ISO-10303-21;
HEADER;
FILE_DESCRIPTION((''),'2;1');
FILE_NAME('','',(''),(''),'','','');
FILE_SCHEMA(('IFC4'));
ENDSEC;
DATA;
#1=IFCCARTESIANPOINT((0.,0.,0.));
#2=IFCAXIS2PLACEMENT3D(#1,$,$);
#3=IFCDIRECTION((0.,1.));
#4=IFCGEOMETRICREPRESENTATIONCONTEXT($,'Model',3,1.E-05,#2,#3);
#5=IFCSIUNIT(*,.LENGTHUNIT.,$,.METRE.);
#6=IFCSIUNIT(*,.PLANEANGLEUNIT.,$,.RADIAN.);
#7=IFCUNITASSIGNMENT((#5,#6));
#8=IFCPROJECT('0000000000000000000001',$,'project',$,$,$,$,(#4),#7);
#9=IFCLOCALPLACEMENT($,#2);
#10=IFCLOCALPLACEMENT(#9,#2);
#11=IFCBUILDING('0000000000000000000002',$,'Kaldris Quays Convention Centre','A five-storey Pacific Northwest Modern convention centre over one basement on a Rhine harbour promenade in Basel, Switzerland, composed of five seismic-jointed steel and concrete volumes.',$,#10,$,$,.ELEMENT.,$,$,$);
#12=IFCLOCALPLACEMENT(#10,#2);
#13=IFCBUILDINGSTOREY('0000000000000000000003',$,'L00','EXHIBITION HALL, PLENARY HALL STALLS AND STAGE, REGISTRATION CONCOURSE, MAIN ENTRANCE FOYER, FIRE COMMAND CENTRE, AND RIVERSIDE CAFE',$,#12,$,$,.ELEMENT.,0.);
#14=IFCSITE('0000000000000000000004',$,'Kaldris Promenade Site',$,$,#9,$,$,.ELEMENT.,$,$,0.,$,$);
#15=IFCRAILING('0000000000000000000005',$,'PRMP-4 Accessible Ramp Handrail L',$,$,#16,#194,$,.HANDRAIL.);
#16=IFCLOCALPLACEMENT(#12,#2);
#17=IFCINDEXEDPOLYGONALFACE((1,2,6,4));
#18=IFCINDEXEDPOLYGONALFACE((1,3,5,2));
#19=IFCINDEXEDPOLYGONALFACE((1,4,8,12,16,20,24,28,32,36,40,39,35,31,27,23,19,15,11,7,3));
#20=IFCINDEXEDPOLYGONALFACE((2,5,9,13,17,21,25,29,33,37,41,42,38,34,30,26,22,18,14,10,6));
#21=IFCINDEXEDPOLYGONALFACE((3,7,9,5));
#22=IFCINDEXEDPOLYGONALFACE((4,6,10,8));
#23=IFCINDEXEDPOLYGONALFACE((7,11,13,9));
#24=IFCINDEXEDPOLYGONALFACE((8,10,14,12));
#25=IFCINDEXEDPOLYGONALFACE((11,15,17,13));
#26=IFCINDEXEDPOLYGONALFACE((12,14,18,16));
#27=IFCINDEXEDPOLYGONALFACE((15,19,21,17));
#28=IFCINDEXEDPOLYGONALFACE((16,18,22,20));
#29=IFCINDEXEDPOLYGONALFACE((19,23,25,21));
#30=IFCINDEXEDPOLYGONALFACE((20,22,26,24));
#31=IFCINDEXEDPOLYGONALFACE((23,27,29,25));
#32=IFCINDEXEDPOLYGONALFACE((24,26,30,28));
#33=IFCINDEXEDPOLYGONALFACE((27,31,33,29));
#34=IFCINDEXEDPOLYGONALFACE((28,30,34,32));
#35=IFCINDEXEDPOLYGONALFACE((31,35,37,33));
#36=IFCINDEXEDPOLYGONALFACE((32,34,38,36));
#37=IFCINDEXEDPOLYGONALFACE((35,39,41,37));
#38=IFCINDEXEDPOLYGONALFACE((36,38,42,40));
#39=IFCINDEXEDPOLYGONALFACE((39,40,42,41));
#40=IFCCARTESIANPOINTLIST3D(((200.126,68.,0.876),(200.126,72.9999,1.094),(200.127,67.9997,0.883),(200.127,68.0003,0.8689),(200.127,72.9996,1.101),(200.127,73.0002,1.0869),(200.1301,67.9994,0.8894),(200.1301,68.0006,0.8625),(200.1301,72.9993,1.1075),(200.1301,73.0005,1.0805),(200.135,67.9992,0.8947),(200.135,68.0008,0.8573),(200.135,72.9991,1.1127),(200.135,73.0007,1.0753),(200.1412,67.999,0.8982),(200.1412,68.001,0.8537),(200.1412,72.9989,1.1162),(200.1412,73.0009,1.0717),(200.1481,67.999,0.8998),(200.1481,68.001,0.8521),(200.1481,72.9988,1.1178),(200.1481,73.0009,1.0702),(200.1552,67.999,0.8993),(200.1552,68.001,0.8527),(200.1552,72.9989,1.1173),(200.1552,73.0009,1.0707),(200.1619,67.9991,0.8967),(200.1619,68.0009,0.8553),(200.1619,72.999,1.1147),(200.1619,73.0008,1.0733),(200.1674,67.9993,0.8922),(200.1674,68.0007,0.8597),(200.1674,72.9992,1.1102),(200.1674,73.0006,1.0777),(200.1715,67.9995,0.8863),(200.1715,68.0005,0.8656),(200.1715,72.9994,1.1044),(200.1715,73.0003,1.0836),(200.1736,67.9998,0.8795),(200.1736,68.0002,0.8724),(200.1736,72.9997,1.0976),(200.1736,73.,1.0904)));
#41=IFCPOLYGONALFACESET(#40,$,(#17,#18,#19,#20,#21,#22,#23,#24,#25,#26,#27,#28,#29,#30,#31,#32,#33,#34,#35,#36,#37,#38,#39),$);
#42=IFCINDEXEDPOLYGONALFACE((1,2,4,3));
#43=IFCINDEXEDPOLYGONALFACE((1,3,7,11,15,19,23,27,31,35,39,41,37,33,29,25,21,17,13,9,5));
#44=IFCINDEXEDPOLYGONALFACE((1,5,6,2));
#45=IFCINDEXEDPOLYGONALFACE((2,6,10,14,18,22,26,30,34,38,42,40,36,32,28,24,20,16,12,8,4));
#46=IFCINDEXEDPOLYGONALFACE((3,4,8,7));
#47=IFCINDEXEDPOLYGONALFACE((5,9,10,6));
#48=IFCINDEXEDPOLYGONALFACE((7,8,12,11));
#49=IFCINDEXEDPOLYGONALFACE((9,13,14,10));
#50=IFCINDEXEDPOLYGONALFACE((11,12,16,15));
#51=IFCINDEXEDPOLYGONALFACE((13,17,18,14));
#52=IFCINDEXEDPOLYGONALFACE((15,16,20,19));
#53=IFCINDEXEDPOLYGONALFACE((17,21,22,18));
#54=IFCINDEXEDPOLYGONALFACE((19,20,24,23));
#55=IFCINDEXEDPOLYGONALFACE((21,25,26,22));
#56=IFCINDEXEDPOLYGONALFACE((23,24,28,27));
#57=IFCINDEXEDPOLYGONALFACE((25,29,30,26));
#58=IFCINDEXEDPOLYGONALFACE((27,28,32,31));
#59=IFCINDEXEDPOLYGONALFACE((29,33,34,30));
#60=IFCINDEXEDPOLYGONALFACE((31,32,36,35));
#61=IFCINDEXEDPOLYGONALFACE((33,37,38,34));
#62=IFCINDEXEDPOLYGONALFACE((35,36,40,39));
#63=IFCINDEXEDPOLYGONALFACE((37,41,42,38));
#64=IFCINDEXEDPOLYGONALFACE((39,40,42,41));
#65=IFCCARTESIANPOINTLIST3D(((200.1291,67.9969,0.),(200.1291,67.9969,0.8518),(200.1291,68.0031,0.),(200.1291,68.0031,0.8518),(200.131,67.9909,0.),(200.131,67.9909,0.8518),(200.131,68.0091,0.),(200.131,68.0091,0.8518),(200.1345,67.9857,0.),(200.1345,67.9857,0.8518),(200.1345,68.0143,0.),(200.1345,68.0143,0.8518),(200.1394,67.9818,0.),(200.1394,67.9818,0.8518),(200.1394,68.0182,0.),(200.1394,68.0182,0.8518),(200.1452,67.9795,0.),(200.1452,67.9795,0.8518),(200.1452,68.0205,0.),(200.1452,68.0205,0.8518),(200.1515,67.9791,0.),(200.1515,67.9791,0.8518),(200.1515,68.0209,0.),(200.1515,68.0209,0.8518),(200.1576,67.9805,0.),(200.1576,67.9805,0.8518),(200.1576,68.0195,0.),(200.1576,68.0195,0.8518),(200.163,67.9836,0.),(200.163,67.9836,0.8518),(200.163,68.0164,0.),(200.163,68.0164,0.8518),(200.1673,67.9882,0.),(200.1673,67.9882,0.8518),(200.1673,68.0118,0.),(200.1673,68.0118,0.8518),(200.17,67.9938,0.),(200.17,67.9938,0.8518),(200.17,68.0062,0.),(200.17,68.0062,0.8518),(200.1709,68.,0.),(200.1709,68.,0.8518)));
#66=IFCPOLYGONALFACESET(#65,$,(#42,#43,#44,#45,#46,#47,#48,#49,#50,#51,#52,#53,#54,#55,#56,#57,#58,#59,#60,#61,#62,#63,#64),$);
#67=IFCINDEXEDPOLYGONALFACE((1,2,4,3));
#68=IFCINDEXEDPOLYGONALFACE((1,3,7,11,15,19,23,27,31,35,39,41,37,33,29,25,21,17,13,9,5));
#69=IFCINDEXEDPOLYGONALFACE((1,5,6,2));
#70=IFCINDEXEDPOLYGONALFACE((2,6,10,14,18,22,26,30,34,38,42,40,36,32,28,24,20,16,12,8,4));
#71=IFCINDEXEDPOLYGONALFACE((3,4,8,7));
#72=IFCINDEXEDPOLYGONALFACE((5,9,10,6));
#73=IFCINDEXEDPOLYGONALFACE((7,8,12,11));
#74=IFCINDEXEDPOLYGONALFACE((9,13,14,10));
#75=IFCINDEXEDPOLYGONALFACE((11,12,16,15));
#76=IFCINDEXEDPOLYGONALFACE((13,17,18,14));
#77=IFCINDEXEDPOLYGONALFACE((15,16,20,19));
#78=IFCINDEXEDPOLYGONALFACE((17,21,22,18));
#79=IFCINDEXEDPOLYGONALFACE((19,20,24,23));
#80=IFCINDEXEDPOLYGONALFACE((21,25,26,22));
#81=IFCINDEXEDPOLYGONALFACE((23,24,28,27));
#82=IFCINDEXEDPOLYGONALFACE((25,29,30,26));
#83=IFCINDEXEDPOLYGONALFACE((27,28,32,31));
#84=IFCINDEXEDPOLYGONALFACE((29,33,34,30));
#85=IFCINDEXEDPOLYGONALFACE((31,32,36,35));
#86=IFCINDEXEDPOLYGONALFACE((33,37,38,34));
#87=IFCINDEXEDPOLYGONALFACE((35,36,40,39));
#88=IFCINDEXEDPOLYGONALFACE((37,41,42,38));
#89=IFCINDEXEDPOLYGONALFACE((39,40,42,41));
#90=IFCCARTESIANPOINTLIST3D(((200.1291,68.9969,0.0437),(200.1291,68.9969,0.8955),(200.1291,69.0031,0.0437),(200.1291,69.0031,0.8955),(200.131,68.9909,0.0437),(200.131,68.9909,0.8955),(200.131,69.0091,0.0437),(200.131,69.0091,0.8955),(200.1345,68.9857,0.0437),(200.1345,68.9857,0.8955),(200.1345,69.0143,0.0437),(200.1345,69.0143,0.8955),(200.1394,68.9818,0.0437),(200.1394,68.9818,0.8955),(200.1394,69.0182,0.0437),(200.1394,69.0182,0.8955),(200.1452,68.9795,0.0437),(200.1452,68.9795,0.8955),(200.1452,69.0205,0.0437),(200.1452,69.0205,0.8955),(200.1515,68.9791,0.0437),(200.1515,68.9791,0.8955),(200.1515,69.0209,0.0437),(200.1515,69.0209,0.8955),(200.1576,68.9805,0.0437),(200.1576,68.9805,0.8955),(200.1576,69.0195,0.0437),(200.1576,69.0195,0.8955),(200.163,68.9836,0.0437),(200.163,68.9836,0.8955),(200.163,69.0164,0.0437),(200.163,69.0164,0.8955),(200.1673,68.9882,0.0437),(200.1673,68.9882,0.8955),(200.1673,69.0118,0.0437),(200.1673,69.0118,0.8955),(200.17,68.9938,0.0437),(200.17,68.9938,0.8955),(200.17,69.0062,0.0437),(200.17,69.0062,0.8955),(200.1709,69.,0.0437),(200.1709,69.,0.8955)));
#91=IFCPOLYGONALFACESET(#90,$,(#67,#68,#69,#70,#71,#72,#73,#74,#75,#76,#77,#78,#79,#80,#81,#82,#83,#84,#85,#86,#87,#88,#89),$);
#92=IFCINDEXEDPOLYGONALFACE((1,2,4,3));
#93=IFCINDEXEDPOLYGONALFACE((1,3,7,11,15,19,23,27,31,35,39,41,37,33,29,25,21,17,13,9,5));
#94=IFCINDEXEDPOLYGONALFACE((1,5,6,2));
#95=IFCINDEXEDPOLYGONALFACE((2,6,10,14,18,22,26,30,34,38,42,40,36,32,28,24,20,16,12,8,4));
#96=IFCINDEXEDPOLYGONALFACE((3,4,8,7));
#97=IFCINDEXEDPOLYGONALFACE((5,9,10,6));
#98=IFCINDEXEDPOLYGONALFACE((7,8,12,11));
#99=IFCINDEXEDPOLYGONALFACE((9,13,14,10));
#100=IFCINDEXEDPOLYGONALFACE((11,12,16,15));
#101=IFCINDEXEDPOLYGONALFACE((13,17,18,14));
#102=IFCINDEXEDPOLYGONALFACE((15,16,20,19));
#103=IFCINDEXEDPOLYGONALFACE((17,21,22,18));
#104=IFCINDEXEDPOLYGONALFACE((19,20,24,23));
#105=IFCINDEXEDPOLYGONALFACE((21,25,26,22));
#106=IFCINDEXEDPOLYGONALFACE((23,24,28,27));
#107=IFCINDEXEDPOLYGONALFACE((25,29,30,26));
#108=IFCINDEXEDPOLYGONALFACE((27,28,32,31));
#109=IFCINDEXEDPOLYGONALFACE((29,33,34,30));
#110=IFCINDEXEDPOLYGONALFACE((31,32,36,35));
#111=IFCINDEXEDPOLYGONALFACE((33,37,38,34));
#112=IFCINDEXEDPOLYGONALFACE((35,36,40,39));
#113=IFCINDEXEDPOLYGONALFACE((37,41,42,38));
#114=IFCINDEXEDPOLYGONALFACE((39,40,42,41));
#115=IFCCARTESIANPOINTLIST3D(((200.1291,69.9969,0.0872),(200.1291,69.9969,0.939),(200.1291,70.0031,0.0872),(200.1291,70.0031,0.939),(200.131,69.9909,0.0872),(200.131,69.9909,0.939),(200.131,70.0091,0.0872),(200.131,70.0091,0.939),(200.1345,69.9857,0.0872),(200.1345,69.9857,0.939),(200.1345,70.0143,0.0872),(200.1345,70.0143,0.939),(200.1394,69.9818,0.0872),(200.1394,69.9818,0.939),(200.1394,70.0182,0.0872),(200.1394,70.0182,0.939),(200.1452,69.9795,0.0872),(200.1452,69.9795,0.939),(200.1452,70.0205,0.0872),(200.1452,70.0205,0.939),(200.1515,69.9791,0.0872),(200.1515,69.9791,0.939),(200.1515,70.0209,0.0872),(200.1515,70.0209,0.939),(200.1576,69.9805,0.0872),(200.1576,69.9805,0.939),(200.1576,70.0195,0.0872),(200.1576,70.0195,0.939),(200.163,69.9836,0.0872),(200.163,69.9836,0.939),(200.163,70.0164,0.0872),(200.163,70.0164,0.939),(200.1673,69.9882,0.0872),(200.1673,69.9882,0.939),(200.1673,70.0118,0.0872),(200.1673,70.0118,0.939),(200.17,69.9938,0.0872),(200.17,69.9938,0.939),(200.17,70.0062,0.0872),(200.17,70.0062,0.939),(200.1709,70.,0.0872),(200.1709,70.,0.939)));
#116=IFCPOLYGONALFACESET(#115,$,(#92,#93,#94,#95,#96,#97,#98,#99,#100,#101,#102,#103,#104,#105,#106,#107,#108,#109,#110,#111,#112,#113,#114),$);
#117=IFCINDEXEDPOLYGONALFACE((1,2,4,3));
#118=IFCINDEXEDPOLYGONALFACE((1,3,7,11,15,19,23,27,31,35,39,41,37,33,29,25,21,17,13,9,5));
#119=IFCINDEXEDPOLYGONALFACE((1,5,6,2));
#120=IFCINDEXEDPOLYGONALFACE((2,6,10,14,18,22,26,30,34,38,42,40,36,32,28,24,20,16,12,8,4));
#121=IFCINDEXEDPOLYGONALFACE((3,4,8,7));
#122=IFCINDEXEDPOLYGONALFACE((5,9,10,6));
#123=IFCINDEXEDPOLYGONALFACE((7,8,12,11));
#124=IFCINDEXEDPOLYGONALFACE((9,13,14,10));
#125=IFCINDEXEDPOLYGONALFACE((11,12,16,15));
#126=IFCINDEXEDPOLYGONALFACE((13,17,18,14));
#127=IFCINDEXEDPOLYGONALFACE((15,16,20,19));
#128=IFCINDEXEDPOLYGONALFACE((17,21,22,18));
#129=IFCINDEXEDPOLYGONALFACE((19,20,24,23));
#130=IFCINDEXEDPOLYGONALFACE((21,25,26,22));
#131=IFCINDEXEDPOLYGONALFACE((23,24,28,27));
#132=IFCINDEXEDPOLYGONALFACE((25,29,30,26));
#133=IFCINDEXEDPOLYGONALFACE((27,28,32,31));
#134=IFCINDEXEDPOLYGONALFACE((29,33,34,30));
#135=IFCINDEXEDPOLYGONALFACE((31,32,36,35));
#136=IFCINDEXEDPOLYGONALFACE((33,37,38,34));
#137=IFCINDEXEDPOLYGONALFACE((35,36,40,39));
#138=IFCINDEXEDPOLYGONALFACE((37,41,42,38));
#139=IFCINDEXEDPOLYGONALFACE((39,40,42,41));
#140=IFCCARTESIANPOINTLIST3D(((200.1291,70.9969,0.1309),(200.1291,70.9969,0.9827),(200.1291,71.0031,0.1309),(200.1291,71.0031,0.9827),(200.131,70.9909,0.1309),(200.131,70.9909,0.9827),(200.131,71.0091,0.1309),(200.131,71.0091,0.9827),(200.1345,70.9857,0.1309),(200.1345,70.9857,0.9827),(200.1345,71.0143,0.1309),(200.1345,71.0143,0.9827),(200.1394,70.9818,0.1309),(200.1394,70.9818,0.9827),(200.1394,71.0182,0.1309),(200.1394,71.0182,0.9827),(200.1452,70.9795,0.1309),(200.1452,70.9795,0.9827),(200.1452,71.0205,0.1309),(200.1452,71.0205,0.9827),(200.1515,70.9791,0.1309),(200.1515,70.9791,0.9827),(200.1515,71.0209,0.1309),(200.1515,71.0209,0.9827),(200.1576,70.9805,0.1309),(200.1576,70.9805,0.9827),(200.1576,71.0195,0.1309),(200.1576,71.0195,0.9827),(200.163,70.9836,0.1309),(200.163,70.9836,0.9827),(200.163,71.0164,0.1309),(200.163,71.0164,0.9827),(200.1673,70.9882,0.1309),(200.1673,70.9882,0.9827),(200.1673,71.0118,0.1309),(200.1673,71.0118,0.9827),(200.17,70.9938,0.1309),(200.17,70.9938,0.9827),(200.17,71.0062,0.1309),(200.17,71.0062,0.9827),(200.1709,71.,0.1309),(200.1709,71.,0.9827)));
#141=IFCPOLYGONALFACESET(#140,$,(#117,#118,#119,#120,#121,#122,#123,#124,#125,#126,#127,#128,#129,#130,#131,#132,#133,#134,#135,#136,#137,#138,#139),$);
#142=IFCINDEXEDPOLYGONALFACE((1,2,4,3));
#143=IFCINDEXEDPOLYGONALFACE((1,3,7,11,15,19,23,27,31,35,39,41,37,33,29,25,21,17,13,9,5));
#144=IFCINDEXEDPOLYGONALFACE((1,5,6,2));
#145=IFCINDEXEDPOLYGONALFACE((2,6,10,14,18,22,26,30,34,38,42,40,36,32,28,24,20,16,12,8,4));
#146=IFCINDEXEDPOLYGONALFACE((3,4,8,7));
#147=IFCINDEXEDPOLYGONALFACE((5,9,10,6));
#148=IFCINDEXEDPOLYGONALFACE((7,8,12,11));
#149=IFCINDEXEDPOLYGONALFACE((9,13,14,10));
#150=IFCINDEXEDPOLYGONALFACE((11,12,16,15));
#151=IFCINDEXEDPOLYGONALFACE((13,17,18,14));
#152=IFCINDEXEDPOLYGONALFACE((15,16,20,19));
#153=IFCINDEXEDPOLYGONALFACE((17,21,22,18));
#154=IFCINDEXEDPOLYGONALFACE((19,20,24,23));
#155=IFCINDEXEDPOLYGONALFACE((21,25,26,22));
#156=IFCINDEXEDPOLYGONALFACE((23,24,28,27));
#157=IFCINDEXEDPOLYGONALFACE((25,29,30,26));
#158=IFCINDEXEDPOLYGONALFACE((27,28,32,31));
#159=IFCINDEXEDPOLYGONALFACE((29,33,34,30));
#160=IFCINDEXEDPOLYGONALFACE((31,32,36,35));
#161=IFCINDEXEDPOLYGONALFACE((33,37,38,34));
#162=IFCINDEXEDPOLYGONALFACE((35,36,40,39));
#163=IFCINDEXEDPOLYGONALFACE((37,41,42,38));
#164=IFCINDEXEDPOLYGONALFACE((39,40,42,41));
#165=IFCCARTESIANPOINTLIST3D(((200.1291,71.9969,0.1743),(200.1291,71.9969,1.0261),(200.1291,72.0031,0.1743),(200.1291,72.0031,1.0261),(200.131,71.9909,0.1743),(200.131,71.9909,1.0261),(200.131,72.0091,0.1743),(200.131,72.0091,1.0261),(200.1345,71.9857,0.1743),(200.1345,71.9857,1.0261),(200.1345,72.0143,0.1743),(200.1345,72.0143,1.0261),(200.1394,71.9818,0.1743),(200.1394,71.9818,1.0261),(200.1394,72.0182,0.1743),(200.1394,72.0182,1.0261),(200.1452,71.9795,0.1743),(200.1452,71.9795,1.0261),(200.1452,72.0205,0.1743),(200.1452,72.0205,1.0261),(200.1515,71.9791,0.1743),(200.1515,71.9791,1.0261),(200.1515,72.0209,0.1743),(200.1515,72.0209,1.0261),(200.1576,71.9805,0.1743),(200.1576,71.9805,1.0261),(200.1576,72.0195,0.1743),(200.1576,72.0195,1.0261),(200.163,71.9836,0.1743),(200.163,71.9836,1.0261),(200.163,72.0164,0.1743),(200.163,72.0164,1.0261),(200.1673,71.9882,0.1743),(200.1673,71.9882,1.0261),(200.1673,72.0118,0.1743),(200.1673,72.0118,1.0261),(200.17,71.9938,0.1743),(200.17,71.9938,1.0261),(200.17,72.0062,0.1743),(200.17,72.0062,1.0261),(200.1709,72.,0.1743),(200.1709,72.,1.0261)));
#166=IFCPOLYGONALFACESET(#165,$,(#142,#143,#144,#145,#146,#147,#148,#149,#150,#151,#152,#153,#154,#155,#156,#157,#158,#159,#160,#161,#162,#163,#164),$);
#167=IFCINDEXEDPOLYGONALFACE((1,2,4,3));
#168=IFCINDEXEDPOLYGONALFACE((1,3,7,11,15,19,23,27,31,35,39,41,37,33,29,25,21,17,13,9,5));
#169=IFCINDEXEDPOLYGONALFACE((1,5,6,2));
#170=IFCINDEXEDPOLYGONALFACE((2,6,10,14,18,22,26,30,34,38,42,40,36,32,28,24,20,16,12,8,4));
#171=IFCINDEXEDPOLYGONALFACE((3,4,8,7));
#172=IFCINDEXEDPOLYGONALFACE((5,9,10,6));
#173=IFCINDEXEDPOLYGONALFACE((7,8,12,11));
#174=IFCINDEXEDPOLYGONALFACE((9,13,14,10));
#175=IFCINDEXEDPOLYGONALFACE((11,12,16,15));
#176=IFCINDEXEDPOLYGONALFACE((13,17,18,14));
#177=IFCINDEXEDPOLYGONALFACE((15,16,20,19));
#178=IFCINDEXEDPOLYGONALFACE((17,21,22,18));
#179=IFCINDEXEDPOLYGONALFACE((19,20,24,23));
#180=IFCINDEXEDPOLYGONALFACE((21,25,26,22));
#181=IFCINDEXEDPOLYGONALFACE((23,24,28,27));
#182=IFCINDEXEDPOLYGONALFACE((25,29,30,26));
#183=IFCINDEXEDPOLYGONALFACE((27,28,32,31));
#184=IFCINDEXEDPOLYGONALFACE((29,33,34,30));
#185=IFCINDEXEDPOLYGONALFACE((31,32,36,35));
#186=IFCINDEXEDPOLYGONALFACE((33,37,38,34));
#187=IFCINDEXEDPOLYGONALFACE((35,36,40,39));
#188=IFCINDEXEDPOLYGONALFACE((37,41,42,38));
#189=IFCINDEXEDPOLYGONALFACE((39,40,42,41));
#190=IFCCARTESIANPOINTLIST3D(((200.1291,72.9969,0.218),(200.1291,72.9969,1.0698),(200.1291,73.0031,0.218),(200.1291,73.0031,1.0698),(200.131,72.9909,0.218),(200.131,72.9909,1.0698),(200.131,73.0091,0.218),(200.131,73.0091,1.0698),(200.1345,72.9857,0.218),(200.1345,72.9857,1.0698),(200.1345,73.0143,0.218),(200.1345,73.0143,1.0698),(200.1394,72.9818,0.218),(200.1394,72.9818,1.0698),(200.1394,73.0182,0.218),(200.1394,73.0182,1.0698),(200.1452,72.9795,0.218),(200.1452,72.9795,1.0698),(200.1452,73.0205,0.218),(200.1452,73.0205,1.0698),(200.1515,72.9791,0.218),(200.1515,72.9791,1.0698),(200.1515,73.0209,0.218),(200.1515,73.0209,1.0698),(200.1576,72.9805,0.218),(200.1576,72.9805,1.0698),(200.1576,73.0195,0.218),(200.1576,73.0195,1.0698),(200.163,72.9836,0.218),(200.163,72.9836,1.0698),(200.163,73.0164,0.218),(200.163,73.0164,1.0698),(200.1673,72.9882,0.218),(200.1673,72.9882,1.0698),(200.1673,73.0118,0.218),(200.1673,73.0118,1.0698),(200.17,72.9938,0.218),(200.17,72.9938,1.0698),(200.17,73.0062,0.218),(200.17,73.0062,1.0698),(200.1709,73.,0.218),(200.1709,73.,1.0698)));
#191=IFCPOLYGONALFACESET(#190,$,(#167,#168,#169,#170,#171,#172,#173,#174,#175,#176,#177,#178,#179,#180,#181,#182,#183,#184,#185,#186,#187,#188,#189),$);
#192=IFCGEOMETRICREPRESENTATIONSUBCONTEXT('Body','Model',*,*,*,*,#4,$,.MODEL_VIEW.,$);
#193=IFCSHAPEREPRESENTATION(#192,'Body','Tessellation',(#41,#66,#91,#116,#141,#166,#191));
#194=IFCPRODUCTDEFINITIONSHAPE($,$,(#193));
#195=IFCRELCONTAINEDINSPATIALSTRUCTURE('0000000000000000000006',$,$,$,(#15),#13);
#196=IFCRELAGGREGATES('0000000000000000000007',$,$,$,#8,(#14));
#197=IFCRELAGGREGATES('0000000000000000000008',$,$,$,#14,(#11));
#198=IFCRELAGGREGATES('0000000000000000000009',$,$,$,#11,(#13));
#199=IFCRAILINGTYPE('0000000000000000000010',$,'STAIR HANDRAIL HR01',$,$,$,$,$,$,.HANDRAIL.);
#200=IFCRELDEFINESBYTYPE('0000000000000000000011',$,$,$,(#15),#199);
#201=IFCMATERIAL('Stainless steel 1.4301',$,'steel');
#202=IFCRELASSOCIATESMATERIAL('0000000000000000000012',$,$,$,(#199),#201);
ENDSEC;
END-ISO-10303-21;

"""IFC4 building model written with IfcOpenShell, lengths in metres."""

from ifc_helpers import new_model, si_unit, direction, frame, origin, origin_2d, place, context, subcontext, project, spatial, circle, extrude, material, type_object, element, save


model = new_model("IFC4")

# Units and contexts
model_context = context("Model", 3, precision=1e-05, world=origin(), true_north=direction((0.0, 1.0)))
body_context = subcontext(model_context, "Body", "Model", "MODEL_VIEW")
ifc_project = project(units=[si_unit("LENGTHUNIT", "METRE"), si_unit("PLANEANGLEUNIT", "RADIAN")], contexts=[model_context])

# Site, building, storey
site_placement = place(None, origin())
site = spatial("IfcSite", under=ifc_project, at=site_placement, Name="Kaldris Promenade Site", CompositionType="ELEMENT", RefElevation=0.0)
building_placement = place(site_placement, origin())
building = spatial("IfcBuilding", under=site, at=building_placement, Name="Kaldris Quays Convention Centre", Description="A five-storey Pacific Northwest Modern convention centre over one basement on a Rhine harbour promenade in Basel, Switzerland, composed of five seismic-jointed steel and concrete volumes.", CompositionType="ELEMENT")
storey_placement = place(building_placement, origin())
storey = spatial("IfcBuildingStorey", under=building, at=storey_placement, Name="L00", Description="EXHIBITION HALL, PLENARY HALL STALLS AND STAGE, REGISTRATION CONCOURSE, MAIN ENTRANCE FOYER, FIRE COMMAND CENTRE, AND RIVERSIDE CAFE", CompositionType="ELEMENT", Elevation=0.0)

# Railing
ifc_material_1 = material(Name="Stainless steel 1.4301", Category="steel")
railing_type_1 = type_object("IfcRailingType", Name="STAIR HANDRAIL HR01", PredefinedType="HANDRAIL", material=ifc_material_1)
for number, where, name in (
    (1, (200.1499, 68.0, 0.0), "PRMP-4 Accessible Ramp Handrail L"),
):
    element("IfcRailing", number, at=place(storey_placement, frame(where)), inside=storey, type_object=railing_type_1, Name=name, PredefinedType="HANDRAIL", context=body_context, shape_type="SweptSolid", body=[
        extrude(circle(Radius=0.0239, at=origin_2d()), frame((0.0, 0.0, 0.876), z_axis=(0.0, 0.999051, 0.043562), x_axis=(-1.0, 0.0, 0.0)), (0.0, 0.0, 1.0), 5.0046),
        extrude(circle(Radius=0.021, at=origin_2d()), origin(), (0.0, 0.0, 1.0), 0.8518),
        extrude(circle(Radius=0.021, at=origin_2d()), frame((0.0, 1.0, 0.0437)), (0.0, 0.0, 1.0), 0.8518),
        extrude(circle(Radius=0.021, at=origin_2d()), frame((0.0, 2.0, 0.0872)), (0.0, 0.0, 1.0), 0.8518),
        extrude(circle(Radius=0.021, at=origin_2d()), frame((0.0, 3.0, 0.1309)), (0.0, 0.0, 1.0), 0.8518),
        extrude(circle(Radius=0.021, at=origin_2d()), frame((0.0, 4.0, 0.1743)), (0.0, 0.0, 1.0), 0.8518),
        extrude(circle(Radius=0.021, at=origin_2d()), frame((0.0, 5.0, 0.218)), (0.0, 0.0, 1.0), 0.8518),
    ])

save(model, "model.ifc")
